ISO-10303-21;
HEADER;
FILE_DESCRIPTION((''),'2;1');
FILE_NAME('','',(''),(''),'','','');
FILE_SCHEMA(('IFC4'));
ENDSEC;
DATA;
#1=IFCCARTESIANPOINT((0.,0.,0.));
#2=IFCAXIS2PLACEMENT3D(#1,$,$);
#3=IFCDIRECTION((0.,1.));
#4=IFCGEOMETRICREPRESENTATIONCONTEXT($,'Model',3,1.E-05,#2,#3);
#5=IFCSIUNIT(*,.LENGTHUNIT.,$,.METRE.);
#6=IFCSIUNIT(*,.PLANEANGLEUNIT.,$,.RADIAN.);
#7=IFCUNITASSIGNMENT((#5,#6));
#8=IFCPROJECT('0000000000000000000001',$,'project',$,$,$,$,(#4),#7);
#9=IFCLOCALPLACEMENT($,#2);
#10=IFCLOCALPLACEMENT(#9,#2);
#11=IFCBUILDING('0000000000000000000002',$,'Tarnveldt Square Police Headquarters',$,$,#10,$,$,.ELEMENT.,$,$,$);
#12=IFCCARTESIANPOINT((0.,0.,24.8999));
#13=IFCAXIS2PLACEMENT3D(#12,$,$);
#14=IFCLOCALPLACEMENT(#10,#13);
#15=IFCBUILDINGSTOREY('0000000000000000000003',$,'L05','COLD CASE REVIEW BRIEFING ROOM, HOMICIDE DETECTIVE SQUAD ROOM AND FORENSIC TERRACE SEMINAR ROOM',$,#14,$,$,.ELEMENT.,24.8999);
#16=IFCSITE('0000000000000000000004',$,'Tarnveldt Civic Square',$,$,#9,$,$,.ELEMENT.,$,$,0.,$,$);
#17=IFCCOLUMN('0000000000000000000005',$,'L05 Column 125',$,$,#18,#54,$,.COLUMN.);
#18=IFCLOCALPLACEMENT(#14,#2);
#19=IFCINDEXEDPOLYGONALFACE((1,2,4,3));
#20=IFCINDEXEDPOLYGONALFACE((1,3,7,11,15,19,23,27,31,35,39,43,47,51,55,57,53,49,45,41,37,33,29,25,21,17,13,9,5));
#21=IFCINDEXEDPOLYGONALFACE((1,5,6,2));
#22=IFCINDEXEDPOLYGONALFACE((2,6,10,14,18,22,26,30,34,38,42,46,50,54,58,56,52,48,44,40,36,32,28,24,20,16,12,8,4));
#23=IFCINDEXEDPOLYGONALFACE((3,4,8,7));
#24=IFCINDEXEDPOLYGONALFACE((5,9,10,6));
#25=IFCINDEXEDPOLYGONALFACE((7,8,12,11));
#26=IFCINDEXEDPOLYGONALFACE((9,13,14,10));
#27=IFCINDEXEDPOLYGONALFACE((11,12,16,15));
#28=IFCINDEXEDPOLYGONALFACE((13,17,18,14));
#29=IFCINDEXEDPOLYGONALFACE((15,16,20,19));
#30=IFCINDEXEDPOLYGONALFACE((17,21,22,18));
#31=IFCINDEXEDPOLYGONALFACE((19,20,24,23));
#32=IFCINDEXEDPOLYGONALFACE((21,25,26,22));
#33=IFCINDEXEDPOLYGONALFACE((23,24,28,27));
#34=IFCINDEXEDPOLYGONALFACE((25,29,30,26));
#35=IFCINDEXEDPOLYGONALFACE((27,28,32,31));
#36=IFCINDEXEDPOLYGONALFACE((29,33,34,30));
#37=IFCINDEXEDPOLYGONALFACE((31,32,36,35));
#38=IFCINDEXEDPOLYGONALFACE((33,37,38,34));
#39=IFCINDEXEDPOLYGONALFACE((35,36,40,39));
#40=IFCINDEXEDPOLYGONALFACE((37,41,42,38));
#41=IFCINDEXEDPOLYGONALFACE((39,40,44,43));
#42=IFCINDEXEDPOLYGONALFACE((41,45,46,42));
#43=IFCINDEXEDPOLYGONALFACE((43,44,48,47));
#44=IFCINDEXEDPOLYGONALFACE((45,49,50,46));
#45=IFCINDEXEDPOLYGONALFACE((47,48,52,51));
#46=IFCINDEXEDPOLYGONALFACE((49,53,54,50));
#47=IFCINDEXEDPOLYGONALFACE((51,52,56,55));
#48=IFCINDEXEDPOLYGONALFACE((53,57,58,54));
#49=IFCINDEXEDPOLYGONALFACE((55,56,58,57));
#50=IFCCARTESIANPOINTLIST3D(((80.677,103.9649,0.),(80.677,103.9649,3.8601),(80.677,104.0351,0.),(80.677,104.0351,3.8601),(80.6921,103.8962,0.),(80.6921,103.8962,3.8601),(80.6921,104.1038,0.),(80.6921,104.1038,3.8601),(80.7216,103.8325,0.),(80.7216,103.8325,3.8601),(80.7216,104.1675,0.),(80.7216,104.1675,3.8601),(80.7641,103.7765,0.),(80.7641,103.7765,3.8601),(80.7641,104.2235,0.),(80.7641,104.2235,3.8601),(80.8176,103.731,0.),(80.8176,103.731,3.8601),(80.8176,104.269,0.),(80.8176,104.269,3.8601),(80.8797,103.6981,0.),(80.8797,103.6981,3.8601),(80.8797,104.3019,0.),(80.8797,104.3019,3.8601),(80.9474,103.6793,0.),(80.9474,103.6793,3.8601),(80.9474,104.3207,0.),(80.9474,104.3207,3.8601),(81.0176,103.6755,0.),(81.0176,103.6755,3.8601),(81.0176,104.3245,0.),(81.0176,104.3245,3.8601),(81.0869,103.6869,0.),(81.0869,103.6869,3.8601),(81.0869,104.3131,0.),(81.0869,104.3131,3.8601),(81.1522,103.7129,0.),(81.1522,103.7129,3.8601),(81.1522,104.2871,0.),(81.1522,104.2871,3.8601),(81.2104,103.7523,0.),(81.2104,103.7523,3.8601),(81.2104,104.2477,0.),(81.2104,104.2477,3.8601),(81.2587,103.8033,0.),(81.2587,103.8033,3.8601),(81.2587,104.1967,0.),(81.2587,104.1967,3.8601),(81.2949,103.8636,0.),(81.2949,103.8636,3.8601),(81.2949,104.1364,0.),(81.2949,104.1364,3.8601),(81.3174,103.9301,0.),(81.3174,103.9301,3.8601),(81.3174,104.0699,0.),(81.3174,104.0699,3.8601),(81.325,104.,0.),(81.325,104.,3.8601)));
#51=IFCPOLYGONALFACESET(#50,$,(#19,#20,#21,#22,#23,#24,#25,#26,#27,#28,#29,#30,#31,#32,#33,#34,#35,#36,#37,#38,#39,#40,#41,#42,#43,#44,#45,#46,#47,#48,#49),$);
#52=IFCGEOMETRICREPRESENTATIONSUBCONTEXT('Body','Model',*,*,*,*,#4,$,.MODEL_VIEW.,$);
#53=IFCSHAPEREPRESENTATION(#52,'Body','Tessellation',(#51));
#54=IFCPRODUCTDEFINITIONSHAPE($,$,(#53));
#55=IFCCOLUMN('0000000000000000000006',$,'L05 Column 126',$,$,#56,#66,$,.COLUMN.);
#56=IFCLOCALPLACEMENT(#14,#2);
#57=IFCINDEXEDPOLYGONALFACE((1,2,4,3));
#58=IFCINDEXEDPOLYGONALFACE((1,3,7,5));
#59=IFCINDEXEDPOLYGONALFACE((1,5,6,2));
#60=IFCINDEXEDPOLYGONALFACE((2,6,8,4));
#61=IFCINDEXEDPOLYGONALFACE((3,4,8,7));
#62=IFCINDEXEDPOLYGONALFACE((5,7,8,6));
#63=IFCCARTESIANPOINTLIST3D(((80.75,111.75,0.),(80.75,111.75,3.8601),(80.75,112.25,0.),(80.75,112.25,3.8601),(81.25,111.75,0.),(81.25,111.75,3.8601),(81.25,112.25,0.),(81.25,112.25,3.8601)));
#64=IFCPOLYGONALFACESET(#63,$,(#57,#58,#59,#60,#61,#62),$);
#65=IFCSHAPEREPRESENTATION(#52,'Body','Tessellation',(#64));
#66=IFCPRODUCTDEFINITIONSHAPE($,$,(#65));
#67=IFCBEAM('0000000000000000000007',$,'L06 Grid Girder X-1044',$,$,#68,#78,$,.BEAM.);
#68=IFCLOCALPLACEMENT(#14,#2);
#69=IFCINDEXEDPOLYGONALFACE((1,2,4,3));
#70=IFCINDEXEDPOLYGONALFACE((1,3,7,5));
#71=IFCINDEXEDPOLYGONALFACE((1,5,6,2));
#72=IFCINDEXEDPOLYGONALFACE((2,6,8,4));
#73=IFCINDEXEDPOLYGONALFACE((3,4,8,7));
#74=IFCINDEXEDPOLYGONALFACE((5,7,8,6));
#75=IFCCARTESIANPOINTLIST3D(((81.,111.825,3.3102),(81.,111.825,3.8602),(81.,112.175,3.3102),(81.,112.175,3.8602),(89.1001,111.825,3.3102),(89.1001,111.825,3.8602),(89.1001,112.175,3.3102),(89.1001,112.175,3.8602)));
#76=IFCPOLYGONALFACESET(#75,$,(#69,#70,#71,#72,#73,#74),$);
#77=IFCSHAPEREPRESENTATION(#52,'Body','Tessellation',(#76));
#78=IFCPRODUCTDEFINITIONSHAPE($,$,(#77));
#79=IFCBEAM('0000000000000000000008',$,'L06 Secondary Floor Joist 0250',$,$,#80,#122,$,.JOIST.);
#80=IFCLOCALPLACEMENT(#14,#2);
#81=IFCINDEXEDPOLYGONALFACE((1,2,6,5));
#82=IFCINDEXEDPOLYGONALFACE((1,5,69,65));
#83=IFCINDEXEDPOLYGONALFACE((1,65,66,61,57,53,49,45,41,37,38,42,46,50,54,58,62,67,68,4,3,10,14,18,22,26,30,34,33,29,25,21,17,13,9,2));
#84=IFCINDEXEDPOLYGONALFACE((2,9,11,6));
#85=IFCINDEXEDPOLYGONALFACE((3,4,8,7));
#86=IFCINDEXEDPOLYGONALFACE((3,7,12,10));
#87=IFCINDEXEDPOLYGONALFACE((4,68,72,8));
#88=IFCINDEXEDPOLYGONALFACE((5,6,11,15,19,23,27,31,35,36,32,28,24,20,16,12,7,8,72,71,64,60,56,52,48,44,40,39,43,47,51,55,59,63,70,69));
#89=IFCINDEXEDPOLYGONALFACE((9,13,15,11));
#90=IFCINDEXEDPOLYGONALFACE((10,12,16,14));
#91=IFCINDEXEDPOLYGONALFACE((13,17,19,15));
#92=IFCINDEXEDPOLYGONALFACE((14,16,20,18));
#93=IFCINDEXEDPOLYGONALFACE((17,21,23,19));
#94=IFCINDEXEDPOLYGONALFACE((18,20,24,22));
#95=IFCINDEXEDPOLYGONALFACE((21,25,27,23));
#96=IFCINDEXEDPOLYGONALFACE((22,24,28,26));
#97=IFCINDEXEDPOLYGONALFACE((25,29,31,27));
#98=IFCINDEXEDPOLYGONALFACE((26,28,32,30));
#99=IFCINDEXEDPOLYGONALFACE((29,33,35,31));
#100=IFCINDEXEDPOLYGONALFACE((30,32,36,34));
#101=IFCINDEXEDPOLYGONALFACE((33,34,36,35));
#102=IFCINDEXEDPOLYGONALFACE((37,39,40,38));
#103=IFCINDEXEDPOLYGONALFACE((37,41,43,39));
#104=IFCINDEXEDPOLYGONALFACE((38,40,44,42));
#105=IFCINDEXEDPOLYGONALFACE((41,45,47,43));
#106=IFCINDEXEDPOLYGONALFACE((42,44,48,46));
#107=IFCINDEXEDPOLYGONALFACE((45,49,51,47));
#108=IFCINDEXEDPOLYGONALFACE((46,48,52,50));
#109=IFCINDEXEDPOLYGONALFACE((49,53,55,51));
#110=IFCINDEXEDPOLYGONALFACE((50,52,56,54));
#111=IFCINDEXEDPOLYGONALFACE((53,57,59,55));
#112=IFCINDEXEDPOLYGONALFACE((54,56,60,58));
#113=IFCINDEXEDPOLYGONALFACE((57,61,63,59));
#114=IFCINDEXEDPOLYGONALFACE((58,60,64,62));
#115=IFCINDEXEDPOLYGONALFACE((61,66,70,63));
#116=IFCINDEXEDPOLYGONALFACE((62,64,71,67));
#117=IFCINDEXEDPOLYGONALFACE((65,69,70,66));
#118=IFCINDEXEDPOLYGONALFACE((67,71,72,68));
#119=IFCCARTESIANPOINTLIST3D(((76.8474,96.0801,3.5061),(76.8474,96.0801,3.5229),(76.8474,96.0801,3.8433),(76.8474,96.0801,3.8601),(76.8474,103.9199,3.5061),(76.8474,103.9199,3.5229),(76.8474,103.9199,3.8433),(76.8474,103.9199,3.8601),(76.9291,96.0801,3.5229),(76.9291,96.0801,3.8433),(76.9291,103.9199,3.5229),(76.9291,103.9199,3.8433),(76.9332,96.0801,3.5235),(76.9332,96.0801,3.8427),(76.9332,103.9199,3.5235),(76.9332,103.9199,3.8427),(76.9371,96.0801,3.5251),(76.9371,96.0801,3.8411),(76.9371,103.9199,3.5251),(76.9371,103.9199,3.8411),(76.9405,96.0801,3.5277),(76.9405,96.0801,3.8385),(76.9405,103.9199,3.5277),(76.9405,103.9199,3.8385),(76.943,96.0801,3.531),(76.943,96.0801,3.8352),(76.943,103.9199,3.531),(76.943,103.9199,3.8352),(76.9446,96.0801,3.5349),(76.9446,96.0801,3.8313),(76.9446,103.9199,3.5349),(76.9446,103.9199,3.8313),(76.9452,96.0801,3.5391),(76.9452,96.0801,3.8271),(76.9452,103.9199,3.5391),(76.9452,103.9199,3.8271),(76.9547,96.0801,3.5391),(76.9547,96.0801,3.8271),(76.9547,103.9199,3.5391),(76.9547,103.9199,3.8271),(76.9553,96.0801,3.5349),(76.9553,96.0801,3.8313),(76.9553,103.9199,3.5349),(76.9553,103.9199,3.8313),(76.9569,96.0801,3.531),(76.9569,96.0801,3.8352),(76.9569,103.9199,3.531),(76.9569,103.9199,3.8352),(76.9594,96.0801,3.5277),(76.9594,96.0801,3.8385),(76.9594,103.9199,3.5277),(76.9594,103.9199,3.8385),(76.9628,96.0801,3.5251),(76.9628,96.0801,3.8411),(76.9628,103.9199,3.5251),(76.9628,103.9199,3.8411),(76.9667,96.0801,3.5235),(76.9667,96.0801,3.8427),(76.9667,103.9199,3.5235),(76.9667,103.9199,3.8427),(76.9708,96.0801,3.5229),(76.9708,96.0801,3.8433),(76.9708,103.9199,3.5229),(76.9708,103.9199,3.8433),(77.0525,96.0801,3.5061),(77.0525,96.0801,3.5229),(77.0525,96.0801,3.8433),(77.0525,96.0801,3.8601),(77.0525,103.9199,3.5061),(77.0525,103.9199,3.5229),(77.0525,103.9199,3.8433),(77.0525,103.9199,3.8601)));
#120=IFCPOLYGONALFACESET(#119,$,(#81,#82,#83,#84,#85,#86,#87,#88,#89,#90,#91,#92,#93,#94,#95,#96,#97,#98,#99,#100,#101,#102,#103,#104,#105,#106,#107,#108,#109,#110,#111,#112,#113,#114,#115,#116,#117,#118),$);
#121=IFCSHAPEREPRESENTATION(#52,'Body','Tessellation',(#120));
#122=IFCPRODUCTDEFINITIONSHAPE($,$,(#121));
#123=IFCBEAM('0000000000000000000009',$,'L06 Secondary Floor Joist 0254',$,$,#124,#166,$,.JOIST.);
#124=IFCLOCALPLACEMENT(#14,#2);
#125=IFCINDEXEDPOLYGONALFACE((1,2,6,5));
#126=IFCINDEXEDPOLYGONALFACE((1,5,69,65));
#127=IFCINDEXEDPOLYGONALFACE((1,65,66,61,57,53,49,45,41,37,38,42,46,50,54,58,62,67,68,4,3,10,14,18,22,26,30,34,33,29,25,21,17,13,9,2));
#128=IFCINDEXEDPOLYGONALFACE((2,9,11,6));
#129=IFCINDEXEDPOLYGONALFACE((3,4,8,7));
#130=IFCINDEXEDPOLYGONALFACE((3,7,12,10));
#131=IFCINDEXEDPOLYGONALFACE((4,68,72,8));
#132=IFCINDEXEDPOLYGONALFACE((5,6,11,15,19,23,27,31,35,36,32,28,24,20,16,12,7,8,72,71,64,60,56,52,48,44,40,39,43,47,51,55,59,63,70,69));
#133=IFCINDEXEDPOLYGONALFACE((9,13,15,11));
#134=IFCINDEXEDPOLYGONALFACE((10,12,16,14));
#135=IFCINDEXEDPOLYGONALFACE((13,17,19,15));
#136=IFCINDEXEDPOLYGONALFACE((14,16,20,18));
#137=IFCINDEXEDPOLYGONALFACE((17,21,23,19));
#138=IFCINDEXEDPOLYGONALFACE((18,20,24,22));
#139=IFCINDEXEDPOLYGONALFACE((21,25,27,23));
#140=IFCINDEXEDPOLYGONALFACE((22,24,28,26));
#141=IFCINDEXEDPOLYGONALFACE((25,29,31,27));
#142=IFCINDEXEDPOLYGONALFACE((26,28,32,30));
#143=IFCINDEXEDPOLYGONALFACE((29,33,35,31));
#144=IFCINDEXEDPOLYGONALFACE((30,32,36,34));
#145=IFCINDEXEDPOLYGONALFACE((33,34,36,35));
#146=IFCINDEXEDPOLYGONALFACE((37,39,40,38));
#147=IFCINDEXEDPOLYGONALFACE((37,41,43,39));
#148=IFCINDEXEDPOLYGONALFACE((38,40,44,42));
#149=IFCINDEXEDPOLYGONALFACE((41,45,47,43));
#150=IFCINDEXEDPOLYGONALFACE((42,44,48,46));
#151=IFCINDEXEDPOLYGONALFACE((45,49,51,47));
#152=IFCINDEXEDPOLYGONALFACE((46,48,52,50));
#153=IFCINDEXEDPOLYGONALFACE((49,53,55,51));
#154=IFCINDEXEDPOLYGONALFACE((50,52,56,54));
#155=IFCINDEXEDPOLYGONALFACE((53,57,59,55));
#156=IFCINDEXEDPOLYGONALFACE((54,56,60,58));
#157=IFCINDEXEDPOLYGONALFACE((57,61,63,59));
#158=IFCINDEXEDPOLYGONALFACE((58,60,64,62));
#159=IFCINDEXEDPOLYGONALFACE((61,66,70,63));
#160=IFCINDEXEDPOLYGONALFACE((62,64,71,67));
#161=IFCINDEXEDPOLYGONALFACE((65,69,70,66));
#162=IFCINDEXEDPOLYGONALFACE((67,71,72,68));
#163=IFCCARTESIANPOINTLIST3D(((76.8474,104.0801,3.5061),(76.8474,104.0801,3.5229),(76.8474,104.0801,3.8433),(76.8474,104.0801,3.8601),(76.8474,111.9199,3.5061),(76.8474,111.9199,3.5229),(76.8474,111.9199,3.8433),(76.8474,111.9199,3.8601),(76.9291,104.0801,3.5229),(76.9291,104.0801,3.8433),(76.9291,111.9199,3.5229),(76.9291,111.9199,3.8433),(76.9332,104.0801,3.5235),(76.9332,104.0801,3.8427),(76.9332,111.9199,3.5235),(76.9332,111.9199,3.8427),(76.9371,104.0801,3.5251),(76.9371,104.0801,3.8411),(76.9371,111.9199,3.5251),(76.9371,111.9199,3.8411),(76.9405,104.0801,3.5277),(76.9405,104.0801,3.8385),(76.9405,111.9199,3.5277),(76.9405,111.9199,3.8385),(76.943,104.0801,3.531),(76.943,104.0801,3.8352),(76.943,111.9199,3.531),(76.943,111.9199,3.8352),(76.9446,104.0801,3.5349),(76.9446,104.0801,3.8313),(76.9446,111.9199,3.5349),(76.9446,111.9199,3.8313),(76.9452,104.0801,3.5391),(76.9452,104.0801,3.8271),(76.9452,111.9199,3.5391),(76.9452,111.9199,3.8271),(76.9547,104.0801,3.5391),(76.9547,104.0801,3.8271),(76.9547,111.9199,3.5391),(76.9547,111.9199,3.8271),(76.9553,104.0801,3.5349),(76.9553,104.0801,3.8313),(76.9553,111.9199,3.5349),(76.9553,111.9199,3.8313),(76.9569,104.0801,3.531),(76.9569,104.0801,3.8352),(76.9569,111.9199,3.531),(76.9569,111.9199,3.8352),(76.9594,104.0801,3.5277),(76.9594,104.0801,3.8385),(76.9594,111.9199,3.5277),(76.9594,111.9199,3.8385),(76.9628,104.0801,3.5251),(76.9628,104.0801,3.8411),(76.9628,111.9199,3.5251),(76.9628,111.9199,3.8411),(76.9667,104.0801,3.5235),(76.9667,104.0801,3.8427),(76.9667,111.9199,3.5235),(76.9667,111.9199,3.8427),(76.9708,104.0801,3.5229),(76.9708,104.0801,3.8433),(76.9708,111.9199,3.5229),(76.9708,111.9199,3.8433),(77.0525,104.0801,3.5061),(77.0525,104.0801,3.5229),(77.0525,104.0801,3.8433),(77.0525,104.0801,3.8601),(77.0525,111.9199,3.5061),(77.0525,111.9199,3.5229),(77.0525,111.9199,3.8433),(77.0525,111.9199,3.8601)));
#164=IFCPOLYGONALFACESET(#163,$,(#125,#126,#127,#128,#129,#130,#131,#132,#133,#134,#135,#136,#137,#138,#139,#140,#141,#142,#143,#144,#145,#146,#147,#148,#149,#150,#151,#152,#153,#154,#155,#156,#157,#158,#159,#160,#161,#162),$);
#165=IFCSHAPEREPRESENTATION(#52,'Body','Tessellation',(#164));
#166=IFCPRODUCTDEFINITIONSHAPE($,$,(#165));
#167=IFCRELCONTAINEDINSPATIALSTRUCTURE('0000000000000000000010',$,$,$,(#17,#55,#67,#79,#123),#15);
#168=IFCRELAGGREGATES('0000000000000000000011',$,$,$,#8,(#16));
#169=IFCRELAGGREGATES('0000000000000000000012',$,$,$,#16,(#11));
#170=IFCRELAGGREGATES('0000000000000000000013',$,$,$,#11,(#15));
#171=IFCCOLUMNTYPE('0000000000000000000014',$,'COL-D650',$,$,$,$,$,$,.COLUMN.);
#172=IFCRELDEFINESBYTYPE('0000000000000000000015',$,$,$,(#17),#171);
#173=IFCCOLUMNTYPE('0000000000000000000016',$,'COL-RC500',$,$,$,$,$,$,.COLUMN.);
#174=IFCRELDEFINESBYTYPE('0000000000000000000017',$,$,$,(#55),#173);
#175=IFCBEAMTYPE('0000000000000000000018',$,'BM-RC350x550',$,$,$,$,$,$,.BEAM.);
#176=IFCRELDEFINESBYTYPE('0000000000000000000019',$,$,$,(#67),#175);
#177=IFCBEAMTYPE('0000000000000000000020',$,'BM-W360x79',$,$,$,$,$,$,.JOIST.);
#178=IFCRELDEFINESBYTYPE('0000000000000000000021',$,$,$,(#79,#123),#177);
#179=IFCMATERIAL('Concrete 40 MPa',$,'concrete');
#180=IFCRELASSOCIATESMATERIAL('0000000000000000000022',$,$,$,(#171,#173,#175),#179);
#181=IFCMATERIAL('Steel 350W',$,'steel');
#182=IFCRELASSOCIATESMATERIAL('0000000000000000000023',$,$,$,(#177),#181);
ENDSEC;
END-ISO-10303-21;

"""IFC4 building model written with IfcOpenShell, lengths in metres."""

from ifc_helpers import new_model, si_unit, direction, frame, origin, origin_2d, place, context, subcontext, project, spatial, rectangle, circle, i_section, extrude, material, material_profile, profile_set, type_object, element, save


model = new_model("IFC4")

# Units and contexts
model_context = context("Model", 3, precision=1e-05, world=origin(), true_north=direction((0.0, 1.0)))
body_context = subcontext(model_context, "Body", "Model", "MODEL_VIEW")
ifc_project = project(units=[si_unit("LENGTHUNIT", "METRE"), si_unit("PLANEANGLEUNIT", "RADIAN")], contexts=[model_context])

# Site, building, storey
site_placement = place(None, origin())
site = spatial("IfcSite", under=ifc_project, at=site_placement, Name="Tarnveldt Civic Square", CompositionType="ELEMENT", RefElevation=0.0)
building_placement = place(site_placement, origin())
building = spatial("IfcBuilding", under=site, at=building_placement, Name="Tarnveldt Square Police Headquarters", CompositionType="ELEMENT")
storey_placement = place(building_placement, frame((0.0, 0.0, 24.8999)))
storey = spatial("IfcBuildingStorey", under=building, at=storey_placement, Name="L05", Description="COLD CASE REVIEW BRIEFING ROOM, HOMICIDE DETECTIVE SQUAD ROOM AND FORENSIC TERRACE SEMINAR ROOM", CompositionType="ELEMENT", Elevation=24.8999)

# Columns
ifc_material_1 = material(Name="Concrete 40 MPa", Category="concrete")
ifc_material_profile_1 = material_profile(ifc_material_1, circle(Radius=0.325, at=origin_2d()), Name="RC-D650")
ifc_profile_set_1 = profile_set([ifc_material_profile_1], Name="Concrete 40 MPa")
column_type_1 = type_object("IfcColumnType", Name="COL-D650", PredefinedType="COLUMN", material=ifc_profile_set_1)
column_1_placement = place(storey_placement, frame((81.0, 104.0, 0.0), z_axis=(0.0, 0.0, 1.0), x_axis=(1.0, 0.0, 0.0)))
element("IfcColumn", 1, at=column_1_placement, inside=storey, type_object=column_type_1, Name="L05 Column 125", PredefinedType="COLUMN", context=body_context, shape_type="SweptSolid", body=[
    extrude(circle(Radius=0.325, at=origin_2d()), origin(), (0.0, 0.0, 1.0), 3.8601),
])
ifc_material_profile_2 = material_profile(ifc_material_1, rectangle(XDim=0.5, YDim=0.5, at=origin_2d()), Name="RC-C500x500")
ifc_profile_set_2 = profile_set([ifc_material_profile_2], Name="Concrete 40 MPa")
column_type_2 = type_object("IfcColumnType", Name="COL-RC500", PredefinedType="COLUMN", material=ifc_profile_set_2)
column_2_placement = place(storey_placement, frame((81.0, 112.0, 0.0), z_axis=(0.0, 0.0, 1.0), x_axis=(1.0, 0.0, 0.0)))
element("IfcColumn", 2, at=column_2_placement, inside=storey, type_object=column_type_2, Name="L05 Column 126", PredefinedType="COLUMN", context=body_context, shape_type="SweptSolid", body=[
    extrude(rectangle(XDim=0.5, YDim=0.5, at=origin_2d()), origin(), (0.0, 0.0, 1.0), 3.8601),
])

# Beams
ifc_material_profile_3 = material_profile(ifc_material_1, rectangle(XDim=0.3501, YDim=0.55, at=origin_2d()), Name="RC-B350x550")
ifc_profile_set_3 = profile_set([ifc_material_profile_3], Name="Concrete 40 MPa")
beam_type_1 = type_object("IfcBeamType", Name="BM-RC350x550", PredefinedType="BEAM", material=ifc_profile_set_3)
beam_1_placement = place(storey_placement, frame((81.0, 112.0, 3.5852), z_axis=(1.0, 0.0, 0.0), x_axis=(0.0, 1.0, 0.0)))
element("IfcBeam", 3, at=beam_1_placement, inside=storey, type_object=beam_type_1, Name="L06 Grid Girder X-1044", PredefinedType="BEAM", context=body_context, shape_type="SweptSolid", body=[
    extrude(rectangle(XDim=0.3501, YDim=0.55, at=origin_2d()), origin(), (0.0, 0.0, 1.0), 8.1001),
])
ifc_material_2 = material(Name="Steel 350W", Category="steel")
ifc_material_profile_4 = material_profile(ifc_material_2, i_section(OverallWidth=0.2051, OverallDepth=0.354, WebThickness=0.0095, FlangeThickness=0.0168, FilletRadius=0.0161, at=origin_2d()), Name="W360x79")
ifc_profile_set_4 = profile_set([ifc_material_profile_4], Name="Steel 350W")
beam_type_2 = type_object("IfcBeamType", Name="BM-W360x79", PredefinedType="JOIST", material=ifc_profile_set_4)
for number, where, z_axis, x_axis, name in (
    (4, (76.95, 96.0801, 3.6831), (0.0, 1.0, 0.0), (-1.0, 0.0, 0.0), "L06 Secondary Floor Joist 0250"),
    (5, (76.95, 104.0801, 3.6831), (0.0, 1.0, 0.0), (-1.0, 0.0, 0.0), "L06 Secondary Floor Joist 0254"),
):
    element("IfcBeam", number, at=place(storey_placement, frame(where, z_axis=z_axis, x_axis=x_axis)), inside=storey, type_object=beam_type_2, Name=name, PredefinedType="JOIST", context=body_context, shape_type="SweptSolid", body=[
        extrude(i_section(OverallWidth=0.2051, OverallDepth=0.354, WebThickness=0.0095, FlangeThickness=0.0168, FilletRadius=0.0161, at=origin_2d()), origin(), (0.0, 0.0, 1.0), 7.8398),
    ])

save(model, "model.ifc")
